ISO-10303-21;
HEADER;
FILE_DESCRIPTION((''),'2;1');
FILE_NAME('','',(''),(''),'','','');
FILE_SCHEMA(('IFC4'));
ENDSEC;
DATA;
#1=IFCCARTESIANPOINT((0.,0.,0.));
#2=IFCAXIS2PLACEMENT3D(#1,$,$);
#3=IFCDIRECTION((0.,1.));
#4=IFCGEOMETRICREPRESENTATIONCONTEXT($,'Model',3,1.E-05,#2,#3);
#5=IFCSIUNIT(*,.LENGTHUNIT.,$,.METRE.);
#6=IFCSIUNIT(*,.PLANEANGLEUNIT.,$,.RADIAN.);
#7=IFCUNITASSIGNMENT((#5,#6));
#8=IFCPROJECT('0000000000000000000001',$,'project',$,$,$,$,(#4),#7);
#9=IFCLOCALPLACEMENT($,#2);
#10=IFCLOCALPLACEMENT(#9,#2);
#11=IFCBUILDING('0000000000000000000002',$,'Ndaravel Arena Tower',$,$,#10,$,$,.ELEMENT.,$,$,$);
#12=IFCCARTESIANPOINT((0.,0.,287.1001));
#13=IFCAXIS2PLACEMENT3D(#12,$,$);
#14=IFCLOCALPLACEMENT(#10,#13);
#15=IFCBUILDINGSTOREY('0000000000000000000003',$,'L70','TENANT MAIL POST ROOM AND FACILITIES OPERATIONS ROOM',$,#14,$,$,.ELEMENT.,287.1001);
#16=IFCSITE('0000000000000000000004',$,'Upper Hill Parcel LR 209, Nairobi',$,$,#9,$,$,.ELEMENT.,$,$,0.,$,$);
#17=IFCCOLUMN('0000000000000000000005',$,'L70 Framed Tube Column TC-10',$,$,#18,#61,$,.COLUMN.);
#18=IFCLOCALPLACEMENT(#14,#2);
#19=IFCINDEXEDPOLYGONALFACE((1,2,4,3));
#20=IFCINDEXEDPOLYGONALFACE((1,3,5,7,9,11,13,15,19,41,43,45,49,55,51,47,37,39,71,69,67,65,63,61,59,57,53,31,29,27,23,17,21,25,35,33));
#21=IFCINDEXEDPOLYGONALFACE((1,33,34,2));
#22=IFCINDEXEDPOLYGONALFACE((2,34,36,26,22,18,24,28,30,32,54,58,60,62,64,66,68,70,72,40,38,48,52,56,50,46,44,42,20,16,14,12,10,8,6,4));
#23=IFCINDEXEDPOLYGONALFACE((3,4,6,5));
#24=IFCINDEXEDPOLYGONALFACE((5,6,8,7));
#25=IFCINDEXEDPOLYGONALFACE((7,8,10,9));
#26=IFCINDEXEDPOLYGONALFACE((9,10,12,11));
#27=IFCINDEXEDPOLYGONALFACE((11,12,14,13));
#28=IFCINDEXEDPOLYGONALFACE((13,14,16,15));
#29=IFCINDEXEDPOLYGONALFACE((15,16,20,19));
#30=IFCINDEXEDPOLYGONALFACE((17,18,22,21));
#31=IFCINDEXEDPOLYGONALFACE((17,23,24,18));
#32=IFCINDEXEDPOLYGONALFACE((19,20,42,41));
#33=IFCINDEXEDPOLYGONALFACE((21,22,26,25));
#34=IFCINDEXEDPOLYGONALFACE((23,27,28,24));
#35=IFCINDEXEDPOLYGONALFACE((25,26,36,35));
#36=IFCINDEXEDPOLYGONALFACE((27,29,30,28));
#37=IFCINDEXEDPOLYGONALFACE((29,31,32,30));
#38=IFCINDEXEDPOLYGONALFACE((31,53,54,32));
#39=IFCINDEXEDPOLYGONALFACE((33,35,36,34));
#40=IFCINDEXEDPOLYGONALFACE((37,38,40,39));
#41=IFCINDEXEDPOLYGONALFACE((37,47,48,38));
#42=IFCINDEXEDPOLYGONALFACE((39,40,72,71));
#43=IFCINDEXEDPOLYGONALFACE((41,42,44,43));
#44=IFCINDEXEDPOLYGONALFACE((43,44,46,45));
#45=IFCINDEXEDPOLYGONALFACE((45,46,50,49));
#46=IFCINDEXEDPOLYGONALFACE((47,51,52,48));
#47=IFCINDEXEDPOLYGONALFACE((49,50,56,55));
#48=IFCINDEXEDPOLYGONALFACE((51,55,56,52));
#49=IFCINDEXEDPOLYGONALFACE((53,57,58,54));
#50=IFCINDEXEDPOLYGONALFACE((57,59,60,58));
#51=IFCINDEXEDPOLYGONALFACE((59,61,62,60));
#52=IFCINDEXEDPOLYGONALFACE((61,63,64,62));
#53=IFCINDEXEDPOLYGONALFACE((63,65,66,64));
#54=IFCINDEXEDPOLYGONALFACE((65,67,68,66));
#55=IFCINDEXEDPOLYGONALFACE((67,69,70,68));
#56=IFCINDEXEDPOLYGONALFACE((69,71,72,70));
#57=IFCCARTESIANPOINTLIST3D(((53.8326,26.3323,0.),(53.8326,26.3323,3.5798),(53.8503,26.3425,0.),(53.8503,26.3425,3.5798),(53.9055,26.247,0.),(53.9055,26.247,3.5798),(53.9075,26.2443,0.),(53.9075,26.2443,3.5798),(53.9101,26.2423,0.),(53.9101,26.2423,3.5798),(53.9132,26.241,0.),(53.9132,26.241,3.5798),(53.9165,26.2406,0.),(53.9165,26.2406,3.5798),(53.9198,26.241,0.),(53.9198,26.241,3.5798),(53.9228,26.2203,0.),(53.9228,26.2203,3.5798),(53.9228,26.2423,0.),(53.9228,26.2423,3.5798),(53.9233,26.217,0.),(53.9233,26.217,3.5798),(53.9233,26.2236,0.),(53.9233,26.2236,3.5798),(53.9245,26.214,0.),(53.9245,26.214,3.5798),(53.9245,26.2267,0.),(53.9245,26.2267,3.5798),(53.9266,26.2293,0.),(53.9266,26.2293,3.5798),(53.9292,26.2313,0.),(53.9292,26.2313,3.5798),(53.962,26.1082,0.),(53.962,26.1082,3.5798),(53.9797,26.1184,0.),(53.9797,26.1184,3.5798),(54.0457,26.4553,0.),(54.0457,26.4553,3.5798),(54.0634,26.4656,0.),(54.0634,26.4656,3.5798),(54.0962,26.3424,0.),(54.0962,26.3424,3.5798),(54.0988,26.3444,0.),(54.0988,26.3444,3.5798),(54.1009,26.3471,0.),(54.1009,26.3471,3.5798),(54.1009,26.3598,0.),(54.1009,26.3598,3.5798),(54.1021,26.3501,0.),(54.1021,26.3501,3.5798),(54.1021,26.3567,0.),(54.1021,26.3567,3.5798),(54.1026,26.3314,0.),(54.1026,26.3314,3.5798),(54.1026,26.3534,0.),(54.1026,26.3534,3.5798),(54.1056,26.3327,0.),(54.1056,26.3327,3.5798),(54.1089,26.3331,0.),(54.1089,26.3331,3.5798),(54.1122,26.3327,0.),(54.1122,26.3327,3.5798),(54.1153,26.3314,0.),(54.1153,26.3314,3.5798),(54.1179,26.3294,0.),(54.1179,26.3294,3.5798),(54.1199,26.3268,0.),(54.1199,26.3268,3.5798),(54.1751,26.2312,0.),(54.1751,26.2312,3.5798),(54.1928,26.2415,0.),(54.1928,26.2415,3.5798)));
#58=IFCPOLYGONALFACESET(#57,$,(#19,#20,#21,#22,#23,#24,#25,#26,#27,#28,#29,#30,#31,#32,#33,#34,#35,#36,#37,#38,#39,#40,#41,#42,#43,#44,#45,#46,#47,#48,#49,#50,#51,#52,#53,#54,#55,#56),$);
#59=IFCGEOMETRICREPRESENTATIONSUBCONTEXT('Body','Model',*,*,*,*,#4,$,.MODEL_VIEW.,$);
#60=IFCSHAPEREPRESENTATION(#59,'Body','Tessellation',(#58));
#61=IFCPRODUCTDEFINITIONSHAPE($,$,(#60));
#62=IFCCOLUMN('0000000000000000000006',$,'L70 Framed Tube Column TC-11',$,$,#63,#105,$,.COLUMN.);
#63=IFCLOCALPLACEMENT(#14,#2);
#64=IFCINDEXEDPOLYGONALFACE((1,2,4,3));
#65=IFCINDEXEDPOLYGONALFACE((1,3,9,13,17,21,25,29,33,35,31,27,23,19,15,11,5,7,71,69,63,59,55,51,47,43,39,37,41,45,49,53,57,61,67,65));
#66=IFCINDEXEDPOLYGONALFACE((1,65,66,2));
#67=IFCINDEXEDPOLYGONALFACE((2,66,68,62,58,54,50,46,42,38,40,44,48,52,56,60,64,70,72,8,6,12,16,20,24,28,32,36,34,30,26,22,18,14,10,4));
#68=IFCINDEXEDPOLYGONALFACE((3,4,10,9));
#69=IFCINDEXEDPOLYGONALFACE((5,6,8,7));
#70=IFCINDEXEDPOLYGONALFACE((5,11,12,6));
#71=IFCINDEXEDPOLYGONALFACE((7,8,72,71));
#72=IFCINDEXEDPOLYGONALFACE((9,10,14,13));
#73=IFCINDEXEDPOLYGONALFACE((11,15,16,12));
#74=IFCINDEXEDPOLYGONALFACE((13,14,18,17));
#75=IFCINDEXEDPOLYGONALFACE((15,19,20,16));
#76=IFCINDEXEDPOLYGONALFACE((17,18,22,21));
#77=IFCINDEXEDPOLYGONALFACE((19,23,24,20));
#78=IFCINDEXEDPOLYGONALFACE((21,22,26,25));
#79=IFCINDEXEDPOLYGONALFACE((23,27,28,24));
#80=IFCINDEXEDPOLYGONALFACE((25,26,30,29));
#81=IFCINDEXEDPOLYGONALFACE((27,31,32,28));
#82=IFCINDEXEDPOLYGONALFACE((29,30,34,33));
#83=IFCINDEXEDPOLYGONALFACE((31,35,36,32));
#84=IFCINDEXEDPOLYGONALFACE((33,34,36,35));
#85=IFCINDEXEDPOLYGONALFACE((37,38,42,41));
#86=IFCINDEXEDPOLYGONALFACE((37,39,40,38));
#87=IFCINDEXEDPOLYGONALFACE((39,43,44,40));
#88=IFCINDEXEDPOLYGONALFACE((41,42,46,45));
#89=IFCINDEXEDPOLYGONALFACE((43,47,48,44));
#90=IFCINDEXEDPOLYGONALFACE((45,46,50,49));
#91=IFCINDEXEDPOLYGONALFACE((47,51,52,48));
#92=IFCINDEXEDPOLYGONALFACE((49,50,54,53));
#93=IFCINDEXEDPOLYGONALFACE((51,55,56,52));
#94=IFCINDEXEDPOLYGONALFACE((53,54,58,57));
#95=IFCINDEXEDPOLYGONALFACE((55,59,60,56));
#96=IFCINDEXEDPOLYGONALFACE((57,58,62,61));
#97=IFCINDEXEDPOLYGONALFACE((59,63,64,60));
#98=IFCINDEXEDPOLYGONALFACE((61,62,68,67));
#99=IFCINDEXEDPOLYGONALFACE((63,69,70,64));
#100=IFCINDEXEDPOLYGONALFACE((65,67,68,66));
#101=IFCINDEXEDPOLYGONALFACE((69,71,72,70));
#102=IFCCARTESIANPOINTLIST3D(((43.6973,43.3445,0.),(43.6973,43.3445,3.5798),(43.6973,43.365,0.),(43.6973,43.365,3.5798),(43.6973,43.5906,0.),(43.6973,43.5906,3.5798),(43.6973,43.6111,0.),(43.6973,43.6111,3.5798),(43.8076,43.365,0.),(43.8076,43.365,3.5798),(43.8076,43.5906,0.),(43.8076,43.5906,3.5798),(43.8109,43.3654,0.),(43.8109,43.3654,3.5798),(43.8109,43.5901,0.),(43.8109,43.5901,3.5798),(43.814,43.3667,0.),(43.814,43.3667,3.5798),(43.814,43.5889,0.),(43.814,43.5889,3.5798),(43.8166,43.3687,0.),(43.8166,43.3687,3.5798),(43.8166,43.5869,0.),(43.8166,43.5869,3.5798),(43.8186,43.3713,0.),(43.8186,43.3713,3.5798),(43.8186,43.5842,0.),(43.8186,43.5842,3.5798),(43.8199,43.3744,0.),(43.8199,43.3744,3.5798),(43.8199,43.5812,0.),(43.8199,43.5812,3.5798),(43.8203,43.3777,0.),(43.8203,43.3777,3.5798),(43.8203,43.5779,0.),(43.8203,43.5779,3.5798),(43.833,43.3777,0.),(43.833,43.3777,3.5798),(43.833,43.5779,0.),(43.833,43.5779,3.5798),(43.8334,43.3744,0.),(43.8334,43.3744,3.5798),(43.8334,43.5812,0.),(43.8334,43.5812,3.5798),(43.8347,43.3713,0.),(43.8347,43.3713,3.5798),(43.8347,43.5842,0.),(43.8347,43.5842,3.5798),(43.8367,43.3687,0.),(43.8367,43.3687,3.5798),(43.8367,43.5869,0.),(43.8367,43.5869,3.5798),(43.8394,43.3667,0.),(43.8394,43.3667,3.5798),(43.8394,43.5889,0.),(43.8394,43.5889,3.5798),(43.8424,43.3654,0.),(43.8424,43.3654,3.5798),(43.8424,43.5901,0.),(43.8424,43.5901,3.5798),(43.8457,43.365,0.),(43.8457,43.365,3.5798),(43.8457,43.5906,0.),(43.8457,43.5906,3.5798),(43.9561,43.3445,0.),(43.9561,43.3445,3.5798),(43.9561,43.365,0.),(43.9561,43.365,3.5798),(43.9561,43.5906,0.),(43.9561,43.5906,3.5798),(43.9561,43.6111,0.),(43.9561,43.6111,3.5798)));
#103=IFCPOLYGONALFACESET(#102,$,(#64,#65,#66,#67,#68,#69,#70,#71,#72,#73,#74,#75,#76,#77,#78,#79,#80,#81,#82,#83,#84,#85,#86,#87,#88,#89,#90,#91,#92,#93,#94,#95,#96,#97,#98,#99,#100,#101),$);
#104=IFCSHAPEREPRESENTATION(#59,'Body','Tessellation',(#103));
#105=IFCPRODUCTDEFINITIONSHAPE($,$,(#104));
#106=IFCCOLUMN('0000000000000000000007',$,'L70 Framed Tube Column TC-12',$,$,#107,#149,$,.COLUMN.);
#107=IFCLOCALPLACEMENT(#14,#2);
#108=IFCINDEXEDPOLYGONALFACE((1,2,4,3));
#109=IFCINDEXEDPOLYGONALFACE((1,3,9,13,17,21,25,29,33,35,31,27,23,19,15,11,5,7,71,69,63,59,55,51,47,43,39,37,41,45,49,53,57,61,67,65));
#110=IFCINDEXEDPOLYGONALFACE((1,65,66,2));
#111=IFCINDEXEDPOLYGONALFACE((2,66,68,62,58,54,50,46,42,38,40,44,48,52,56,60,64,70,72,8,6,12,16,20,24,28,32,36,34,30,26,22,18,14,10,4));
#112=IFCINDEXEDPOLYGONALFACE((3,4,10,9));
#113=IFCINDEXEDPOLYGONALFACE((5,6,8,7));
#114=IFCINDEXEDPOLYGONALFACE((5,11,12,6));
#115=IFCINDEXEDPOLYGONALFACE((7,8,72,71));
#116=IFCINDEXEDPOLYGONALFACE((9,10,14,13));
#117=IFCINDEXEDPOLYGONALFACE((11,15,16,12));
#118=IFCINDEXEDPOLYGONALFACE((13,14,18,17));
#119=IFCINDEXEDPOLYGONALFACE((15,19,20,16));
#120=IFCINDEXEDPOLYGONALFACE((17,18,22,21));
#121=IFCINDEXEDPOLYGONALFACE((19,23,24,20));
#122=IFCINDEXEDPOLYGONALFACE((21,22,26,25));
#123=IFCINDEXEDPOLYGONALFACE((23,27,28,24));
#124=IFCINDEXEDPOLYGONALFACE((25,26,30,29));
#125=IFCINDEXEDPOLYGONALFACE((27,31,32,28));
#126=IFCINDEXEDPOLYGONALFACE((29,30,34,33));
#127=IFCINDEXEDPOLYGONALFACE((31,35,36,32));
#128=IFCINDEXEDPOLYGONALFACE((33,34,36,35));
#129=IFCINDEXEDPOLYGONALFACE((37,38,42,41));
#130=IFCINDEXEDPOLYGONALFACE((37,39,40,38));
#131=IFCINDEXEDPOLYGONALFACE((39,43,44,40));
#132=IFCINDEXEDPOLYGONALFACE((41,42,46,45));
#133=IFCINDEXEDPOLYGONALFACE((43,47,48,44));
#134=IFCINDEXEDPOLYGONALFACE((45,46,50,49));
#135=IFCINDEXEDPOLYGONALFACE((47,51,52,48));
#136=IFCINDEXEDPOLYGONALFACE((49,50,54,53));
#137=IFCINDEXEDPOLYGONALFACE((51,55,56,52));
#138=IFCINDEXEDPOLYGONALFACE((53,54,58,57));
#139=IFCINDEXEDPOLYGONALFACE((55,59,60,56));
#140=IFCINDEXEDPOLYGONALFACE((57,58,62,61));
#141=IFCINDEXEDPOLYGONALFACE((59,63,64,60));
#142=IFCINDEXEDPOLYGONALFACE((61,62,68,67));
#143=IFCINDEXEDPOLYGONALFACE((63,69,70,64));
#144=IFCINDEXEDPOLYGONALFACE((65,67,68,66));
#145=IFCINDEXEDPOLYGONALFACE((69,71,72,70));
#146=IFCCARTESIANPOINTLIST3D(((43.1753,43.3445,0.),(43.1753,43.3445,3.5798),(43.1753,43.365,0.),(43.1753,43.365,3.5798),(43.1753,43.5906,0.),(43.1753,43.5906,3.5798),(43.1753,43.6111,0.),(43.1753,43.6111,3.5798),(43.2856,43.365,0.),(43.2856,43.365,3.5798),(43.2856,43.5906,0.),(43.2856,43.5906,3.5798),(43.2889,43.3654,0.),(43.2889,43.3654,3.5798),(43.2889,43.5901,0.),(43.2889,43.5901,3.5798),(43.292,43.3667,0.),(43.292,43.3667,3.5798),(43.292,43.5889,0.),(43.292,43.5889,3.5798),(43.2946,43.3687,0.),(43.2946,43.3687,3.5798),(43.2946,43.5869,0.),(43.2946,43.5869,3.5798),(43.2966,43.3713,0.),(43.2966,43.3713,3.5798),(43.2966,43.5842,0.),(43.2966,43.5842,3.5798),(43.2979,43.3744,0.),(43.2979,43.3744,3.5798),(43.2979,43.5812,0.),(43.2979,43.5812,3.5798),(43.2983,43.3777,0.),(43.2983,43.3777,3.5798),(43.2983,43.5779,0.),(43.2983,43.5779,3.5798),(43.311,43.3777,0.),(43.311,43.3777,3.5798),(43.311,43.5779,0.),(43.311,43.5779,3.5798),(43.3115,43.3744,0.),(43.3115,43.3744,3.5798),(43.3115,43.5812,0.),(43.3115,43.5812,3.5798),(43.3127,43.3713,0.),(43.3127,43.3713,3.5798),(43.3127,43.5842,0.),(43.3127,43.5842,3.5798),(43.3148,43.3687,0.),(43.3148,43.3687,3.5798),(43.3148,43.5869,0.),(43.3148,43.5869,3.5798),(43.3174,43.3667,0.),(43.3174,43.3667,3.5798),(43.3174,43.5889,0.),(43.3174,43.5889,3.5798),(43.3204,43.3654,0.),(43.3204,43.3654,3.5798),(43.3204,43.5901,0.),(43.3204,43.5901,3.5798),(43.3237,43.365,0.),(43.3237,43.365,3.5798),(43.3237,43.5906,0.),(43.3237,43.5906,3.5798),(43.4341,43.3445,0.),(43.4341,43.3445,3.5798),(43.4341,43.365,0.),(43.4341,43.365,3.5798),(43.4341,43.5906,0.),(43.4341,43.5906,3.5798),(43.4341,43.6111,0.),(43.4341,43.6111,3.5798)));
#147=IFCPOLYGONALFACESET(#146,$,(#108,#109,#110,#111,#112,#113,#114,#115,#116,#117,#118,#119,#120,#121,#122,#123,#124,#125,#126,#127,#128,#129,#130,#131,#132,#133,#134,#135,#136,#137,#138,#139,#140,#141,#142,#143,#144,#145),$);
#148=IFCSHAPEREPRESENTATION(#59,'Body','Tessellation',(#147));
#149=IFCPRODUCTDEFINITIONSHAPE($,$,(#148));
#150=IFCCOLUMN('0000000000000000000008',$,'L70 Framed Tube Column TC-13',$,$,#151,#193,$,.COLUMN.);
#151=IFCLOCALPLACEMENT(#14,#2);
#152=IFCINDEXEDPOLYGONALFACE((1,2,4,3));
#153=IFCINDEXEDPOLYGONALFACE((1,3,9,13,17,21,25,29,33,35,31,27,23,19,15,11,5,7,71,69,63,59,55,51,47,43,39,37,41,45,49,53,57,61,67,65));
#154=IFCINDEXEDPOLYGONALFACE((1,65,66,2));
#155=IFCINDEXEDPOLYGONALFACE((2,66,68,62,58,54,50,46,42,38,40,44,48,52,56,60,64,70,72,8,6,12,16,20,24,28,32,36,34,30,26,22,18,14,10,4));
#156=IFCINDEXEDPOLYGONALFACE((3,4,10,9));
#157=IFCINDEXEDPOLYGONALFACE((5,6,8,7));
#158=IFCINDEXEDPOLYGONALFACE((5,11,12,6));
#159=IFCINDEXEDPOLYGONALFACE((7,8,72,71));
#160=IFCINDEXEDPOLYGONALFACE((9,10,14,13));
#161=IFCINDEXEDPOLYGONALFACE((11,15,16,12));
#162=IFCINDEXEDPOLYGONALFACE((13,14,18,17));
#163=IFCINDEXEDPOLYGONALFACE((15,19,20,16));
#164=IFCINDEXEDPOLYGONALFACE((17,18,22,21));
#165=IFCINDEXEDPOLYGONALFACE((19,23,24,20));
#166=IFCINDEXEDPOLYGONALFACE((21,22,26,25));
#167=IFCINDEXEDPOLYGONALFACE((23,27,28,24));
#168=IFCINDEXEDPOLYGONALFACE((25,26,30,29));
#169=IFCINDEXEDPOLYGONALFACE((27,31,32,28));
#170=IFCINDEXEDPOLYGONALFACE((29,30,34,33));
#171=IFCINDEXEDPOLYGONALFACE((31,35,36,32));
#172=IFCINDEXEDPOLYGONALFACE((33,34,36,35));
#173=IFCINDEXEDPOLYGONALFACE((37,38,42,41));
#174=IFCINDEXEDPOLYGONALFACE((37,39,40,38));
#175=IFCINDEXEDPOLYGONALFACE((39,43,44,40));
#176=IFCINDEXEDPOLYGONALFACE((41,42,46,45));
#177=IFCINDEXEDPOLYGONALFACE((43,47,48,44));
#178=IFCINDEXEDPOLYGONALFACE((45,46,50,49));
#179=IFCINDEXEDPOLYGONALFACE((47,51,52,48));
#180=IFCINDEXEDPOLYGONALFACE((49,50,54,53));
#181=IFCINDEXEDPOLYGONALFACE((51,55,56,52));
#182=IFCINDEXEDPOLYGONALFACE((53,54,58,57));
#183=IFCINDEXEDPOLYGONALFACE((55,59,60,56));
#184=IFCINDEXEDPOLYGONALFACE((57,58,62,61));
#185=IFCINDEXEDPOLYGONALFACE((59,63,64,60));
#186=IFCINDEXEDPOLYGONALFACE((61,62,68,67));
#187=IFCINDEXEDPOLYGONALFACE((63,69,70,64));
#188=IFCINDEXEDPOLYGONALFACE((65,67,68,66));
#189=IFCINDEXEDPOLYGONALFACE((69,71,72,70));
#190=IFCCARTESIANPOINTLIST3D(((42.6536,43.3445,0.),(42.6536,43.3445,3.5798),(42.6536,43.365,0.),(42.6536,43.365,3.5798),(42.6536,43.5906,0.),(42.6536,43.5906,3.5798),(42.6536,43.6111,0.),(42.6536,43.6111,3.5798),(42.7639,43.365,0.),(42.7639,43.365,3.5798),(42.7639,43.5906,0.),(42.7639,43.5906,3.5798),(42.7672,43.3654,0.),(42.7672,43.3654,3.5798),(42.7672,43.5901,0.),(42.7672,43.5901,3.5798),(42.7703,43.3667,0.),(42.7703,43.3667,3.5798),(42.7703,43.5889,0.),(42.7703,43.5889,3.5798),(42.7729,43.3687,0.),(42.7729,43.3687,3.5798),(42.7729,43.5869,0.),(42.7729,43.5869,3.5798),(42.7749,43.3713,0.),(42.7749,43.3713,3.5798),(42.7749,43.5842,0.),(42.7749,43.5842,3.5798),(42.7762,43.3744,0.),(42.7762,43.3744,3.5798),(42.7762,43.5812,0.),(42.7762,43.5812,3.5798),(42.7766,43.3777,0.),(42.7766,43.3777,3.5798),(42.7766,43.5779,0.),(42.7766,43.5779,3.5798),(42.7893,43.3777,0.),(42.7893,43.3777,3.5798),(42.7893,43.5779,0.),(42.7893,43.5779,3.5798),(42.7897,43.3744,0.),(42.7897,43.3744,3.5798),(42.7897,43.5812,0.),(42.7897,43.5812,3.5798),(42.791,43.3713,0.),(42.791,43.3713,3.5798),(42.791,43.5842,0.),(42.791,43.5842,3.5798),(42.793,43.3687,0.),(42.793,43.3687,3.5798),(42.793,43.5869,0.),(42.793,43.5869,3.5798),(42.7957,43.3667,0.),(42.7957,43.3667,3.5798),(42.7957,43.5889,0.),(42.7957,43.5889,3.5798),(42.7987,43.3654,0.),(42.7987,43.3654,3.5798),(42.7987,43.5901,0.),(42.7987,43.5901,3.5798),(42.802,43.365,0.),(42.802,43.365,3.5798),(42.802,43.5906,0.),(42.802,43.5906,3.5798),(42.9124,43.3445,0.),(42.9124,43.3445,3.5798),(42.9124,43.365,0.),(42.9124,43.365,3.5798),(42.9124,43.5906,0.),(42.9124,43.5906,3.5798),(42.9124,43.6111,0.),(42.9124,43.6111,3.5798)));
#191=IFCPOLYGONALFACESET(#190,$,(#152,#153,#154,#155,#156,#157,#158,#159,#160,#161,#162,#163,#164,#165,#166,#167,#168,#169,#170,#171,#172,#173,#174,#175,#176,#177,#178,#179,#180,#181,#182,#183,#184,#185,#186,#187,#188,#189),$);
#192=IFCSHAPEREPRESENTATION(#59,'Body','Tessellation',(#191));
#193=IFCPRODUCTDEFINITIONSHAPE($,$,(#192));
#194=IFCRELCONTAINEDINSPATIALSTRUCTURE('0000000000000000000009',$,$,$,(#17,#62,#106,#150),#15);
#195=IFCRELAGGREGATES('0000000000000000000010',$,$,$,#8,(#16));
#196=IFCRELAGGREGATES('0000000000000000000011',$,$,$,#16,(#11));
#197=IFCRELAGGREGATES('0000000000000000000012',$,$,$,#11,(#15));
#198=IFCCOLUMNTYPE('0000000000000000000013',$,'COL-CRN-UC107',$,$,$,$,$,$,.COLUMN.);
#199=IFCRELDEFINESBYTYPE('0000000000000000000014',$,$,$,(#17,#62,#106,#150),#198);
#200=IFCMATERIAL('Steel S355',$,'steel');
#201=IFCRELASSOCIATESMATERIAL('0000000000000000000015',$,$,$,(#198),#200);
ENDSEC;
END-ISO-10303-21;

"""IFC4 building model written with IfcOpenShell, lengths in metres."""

from ifc_helpers import new_model, si_unit, direction, frame, origin, origin_2d, place, context, subcontext, project, spatial, i_section, extrude, material, material_profile, profile_set, type_object, element, save


model = new_model("IFC4")

# Units and contexts
model_context = context("Model", 3, precision=1e-05, world=origin(), true_north=direction((0.0, 1.0)))
body_context = subcontext(model_context, "Body", "Model", "MODEL_VIEW")
ifc_project = project(units=[si_unit("LENGTHUNIT", "METRE"), si_unit("PLANEANGLEUNIT", "RADIAN")], contexts=[model_context])

# Site, building, storey
site_placement = place(None, origin())
site = spatial("IfcSite", under=ifc_project, at=site_placement, Name="Upper Hill Parcel LR 209, Nairobi", CompositionType="ELEMENT", RefElevation=0.0)
building_placement = place(site_placement, origin())
building = spatial("IfcBuilding", under=site, at=building_placement, Name="Ndaravel Arena Tower", CompositionType="ELEMENT")
storey_placement = place(building_placement, frame((0.0, 0.0, 287.1001)))
storey = spatial("IfcBuildingStorey", under=building, at=storey_placement, Name="L70", Description="TENANT MAIL POST ROOM AND FACILITIES OPERATIONS ROOM", CompositionType="ELEMENT", Elevation=287.1001)

# Columns
ifc_material_1 = material(Name="Steel S355", Category="steel")
ifc_material_profile_1 = material_profile(ifc_material_1, i_section(OverallWidth=0.2588, OverallDepth=0.2666, WebThickness=0.0127, FlangeThickness=0.0205, FilletRadius=0.0127, at=origin_2d()), Name="UC 254x254x107")
ifc_profile_set_1 = profile_set([ifc_material_profile_1], Name="Steel S355")
column_type = type_object("IfcColumnType", Name="COL-CRN-UC107", PredefinedType="COLUMN", material=ifc_profile_set_1)
for number, where, z_axis, x_axis, name in (
    (1, (54.0127, 26.2869, 0.0), (0.0, 0.0, 1.0), (-0.5, 0.866025, 0.0), "L70 Framed Tube Column TC-10"),
    (2, (43.8267, 43.4778, 0.0), (0.0, 0.0, 1.0), (1.0, 0.0, 0.0), "L70 Framed Tube Column TC-11"),
    (3, (43.3047, 43.4778, 0.0), (0.0, 0.0, 1.0), (1.0, 0.0, 0.0), "L70 Framed Tube Column TC-12"),
    (4, (42.783, 43.4778, 0.0), (0.0, 0.0, 1.0), (1.0, 0.0, 0.0), "L70 Framed Tube Column TC-13"),
):
    element("IfcColumn", number, at=place(storey_placement, frame(where, z_axis=z_axis, x_axis=x_axis)), inside=storey, type_object=column_type, Name=name, PredefinedType="COLUMN", context=body_context, shape_type="SweptSolid", body=[
        extrude(i_section(OverallWidth=0.2588, OverallDepth=0.2666, WebThickness=0.0127, FlangeThickness=0.0205, FilletRadius=0.0127, at=origin_2d()), origin(), (0.0, 0.0, 1.0), 3.5798),
    ])

save(model, "model.ifc")
